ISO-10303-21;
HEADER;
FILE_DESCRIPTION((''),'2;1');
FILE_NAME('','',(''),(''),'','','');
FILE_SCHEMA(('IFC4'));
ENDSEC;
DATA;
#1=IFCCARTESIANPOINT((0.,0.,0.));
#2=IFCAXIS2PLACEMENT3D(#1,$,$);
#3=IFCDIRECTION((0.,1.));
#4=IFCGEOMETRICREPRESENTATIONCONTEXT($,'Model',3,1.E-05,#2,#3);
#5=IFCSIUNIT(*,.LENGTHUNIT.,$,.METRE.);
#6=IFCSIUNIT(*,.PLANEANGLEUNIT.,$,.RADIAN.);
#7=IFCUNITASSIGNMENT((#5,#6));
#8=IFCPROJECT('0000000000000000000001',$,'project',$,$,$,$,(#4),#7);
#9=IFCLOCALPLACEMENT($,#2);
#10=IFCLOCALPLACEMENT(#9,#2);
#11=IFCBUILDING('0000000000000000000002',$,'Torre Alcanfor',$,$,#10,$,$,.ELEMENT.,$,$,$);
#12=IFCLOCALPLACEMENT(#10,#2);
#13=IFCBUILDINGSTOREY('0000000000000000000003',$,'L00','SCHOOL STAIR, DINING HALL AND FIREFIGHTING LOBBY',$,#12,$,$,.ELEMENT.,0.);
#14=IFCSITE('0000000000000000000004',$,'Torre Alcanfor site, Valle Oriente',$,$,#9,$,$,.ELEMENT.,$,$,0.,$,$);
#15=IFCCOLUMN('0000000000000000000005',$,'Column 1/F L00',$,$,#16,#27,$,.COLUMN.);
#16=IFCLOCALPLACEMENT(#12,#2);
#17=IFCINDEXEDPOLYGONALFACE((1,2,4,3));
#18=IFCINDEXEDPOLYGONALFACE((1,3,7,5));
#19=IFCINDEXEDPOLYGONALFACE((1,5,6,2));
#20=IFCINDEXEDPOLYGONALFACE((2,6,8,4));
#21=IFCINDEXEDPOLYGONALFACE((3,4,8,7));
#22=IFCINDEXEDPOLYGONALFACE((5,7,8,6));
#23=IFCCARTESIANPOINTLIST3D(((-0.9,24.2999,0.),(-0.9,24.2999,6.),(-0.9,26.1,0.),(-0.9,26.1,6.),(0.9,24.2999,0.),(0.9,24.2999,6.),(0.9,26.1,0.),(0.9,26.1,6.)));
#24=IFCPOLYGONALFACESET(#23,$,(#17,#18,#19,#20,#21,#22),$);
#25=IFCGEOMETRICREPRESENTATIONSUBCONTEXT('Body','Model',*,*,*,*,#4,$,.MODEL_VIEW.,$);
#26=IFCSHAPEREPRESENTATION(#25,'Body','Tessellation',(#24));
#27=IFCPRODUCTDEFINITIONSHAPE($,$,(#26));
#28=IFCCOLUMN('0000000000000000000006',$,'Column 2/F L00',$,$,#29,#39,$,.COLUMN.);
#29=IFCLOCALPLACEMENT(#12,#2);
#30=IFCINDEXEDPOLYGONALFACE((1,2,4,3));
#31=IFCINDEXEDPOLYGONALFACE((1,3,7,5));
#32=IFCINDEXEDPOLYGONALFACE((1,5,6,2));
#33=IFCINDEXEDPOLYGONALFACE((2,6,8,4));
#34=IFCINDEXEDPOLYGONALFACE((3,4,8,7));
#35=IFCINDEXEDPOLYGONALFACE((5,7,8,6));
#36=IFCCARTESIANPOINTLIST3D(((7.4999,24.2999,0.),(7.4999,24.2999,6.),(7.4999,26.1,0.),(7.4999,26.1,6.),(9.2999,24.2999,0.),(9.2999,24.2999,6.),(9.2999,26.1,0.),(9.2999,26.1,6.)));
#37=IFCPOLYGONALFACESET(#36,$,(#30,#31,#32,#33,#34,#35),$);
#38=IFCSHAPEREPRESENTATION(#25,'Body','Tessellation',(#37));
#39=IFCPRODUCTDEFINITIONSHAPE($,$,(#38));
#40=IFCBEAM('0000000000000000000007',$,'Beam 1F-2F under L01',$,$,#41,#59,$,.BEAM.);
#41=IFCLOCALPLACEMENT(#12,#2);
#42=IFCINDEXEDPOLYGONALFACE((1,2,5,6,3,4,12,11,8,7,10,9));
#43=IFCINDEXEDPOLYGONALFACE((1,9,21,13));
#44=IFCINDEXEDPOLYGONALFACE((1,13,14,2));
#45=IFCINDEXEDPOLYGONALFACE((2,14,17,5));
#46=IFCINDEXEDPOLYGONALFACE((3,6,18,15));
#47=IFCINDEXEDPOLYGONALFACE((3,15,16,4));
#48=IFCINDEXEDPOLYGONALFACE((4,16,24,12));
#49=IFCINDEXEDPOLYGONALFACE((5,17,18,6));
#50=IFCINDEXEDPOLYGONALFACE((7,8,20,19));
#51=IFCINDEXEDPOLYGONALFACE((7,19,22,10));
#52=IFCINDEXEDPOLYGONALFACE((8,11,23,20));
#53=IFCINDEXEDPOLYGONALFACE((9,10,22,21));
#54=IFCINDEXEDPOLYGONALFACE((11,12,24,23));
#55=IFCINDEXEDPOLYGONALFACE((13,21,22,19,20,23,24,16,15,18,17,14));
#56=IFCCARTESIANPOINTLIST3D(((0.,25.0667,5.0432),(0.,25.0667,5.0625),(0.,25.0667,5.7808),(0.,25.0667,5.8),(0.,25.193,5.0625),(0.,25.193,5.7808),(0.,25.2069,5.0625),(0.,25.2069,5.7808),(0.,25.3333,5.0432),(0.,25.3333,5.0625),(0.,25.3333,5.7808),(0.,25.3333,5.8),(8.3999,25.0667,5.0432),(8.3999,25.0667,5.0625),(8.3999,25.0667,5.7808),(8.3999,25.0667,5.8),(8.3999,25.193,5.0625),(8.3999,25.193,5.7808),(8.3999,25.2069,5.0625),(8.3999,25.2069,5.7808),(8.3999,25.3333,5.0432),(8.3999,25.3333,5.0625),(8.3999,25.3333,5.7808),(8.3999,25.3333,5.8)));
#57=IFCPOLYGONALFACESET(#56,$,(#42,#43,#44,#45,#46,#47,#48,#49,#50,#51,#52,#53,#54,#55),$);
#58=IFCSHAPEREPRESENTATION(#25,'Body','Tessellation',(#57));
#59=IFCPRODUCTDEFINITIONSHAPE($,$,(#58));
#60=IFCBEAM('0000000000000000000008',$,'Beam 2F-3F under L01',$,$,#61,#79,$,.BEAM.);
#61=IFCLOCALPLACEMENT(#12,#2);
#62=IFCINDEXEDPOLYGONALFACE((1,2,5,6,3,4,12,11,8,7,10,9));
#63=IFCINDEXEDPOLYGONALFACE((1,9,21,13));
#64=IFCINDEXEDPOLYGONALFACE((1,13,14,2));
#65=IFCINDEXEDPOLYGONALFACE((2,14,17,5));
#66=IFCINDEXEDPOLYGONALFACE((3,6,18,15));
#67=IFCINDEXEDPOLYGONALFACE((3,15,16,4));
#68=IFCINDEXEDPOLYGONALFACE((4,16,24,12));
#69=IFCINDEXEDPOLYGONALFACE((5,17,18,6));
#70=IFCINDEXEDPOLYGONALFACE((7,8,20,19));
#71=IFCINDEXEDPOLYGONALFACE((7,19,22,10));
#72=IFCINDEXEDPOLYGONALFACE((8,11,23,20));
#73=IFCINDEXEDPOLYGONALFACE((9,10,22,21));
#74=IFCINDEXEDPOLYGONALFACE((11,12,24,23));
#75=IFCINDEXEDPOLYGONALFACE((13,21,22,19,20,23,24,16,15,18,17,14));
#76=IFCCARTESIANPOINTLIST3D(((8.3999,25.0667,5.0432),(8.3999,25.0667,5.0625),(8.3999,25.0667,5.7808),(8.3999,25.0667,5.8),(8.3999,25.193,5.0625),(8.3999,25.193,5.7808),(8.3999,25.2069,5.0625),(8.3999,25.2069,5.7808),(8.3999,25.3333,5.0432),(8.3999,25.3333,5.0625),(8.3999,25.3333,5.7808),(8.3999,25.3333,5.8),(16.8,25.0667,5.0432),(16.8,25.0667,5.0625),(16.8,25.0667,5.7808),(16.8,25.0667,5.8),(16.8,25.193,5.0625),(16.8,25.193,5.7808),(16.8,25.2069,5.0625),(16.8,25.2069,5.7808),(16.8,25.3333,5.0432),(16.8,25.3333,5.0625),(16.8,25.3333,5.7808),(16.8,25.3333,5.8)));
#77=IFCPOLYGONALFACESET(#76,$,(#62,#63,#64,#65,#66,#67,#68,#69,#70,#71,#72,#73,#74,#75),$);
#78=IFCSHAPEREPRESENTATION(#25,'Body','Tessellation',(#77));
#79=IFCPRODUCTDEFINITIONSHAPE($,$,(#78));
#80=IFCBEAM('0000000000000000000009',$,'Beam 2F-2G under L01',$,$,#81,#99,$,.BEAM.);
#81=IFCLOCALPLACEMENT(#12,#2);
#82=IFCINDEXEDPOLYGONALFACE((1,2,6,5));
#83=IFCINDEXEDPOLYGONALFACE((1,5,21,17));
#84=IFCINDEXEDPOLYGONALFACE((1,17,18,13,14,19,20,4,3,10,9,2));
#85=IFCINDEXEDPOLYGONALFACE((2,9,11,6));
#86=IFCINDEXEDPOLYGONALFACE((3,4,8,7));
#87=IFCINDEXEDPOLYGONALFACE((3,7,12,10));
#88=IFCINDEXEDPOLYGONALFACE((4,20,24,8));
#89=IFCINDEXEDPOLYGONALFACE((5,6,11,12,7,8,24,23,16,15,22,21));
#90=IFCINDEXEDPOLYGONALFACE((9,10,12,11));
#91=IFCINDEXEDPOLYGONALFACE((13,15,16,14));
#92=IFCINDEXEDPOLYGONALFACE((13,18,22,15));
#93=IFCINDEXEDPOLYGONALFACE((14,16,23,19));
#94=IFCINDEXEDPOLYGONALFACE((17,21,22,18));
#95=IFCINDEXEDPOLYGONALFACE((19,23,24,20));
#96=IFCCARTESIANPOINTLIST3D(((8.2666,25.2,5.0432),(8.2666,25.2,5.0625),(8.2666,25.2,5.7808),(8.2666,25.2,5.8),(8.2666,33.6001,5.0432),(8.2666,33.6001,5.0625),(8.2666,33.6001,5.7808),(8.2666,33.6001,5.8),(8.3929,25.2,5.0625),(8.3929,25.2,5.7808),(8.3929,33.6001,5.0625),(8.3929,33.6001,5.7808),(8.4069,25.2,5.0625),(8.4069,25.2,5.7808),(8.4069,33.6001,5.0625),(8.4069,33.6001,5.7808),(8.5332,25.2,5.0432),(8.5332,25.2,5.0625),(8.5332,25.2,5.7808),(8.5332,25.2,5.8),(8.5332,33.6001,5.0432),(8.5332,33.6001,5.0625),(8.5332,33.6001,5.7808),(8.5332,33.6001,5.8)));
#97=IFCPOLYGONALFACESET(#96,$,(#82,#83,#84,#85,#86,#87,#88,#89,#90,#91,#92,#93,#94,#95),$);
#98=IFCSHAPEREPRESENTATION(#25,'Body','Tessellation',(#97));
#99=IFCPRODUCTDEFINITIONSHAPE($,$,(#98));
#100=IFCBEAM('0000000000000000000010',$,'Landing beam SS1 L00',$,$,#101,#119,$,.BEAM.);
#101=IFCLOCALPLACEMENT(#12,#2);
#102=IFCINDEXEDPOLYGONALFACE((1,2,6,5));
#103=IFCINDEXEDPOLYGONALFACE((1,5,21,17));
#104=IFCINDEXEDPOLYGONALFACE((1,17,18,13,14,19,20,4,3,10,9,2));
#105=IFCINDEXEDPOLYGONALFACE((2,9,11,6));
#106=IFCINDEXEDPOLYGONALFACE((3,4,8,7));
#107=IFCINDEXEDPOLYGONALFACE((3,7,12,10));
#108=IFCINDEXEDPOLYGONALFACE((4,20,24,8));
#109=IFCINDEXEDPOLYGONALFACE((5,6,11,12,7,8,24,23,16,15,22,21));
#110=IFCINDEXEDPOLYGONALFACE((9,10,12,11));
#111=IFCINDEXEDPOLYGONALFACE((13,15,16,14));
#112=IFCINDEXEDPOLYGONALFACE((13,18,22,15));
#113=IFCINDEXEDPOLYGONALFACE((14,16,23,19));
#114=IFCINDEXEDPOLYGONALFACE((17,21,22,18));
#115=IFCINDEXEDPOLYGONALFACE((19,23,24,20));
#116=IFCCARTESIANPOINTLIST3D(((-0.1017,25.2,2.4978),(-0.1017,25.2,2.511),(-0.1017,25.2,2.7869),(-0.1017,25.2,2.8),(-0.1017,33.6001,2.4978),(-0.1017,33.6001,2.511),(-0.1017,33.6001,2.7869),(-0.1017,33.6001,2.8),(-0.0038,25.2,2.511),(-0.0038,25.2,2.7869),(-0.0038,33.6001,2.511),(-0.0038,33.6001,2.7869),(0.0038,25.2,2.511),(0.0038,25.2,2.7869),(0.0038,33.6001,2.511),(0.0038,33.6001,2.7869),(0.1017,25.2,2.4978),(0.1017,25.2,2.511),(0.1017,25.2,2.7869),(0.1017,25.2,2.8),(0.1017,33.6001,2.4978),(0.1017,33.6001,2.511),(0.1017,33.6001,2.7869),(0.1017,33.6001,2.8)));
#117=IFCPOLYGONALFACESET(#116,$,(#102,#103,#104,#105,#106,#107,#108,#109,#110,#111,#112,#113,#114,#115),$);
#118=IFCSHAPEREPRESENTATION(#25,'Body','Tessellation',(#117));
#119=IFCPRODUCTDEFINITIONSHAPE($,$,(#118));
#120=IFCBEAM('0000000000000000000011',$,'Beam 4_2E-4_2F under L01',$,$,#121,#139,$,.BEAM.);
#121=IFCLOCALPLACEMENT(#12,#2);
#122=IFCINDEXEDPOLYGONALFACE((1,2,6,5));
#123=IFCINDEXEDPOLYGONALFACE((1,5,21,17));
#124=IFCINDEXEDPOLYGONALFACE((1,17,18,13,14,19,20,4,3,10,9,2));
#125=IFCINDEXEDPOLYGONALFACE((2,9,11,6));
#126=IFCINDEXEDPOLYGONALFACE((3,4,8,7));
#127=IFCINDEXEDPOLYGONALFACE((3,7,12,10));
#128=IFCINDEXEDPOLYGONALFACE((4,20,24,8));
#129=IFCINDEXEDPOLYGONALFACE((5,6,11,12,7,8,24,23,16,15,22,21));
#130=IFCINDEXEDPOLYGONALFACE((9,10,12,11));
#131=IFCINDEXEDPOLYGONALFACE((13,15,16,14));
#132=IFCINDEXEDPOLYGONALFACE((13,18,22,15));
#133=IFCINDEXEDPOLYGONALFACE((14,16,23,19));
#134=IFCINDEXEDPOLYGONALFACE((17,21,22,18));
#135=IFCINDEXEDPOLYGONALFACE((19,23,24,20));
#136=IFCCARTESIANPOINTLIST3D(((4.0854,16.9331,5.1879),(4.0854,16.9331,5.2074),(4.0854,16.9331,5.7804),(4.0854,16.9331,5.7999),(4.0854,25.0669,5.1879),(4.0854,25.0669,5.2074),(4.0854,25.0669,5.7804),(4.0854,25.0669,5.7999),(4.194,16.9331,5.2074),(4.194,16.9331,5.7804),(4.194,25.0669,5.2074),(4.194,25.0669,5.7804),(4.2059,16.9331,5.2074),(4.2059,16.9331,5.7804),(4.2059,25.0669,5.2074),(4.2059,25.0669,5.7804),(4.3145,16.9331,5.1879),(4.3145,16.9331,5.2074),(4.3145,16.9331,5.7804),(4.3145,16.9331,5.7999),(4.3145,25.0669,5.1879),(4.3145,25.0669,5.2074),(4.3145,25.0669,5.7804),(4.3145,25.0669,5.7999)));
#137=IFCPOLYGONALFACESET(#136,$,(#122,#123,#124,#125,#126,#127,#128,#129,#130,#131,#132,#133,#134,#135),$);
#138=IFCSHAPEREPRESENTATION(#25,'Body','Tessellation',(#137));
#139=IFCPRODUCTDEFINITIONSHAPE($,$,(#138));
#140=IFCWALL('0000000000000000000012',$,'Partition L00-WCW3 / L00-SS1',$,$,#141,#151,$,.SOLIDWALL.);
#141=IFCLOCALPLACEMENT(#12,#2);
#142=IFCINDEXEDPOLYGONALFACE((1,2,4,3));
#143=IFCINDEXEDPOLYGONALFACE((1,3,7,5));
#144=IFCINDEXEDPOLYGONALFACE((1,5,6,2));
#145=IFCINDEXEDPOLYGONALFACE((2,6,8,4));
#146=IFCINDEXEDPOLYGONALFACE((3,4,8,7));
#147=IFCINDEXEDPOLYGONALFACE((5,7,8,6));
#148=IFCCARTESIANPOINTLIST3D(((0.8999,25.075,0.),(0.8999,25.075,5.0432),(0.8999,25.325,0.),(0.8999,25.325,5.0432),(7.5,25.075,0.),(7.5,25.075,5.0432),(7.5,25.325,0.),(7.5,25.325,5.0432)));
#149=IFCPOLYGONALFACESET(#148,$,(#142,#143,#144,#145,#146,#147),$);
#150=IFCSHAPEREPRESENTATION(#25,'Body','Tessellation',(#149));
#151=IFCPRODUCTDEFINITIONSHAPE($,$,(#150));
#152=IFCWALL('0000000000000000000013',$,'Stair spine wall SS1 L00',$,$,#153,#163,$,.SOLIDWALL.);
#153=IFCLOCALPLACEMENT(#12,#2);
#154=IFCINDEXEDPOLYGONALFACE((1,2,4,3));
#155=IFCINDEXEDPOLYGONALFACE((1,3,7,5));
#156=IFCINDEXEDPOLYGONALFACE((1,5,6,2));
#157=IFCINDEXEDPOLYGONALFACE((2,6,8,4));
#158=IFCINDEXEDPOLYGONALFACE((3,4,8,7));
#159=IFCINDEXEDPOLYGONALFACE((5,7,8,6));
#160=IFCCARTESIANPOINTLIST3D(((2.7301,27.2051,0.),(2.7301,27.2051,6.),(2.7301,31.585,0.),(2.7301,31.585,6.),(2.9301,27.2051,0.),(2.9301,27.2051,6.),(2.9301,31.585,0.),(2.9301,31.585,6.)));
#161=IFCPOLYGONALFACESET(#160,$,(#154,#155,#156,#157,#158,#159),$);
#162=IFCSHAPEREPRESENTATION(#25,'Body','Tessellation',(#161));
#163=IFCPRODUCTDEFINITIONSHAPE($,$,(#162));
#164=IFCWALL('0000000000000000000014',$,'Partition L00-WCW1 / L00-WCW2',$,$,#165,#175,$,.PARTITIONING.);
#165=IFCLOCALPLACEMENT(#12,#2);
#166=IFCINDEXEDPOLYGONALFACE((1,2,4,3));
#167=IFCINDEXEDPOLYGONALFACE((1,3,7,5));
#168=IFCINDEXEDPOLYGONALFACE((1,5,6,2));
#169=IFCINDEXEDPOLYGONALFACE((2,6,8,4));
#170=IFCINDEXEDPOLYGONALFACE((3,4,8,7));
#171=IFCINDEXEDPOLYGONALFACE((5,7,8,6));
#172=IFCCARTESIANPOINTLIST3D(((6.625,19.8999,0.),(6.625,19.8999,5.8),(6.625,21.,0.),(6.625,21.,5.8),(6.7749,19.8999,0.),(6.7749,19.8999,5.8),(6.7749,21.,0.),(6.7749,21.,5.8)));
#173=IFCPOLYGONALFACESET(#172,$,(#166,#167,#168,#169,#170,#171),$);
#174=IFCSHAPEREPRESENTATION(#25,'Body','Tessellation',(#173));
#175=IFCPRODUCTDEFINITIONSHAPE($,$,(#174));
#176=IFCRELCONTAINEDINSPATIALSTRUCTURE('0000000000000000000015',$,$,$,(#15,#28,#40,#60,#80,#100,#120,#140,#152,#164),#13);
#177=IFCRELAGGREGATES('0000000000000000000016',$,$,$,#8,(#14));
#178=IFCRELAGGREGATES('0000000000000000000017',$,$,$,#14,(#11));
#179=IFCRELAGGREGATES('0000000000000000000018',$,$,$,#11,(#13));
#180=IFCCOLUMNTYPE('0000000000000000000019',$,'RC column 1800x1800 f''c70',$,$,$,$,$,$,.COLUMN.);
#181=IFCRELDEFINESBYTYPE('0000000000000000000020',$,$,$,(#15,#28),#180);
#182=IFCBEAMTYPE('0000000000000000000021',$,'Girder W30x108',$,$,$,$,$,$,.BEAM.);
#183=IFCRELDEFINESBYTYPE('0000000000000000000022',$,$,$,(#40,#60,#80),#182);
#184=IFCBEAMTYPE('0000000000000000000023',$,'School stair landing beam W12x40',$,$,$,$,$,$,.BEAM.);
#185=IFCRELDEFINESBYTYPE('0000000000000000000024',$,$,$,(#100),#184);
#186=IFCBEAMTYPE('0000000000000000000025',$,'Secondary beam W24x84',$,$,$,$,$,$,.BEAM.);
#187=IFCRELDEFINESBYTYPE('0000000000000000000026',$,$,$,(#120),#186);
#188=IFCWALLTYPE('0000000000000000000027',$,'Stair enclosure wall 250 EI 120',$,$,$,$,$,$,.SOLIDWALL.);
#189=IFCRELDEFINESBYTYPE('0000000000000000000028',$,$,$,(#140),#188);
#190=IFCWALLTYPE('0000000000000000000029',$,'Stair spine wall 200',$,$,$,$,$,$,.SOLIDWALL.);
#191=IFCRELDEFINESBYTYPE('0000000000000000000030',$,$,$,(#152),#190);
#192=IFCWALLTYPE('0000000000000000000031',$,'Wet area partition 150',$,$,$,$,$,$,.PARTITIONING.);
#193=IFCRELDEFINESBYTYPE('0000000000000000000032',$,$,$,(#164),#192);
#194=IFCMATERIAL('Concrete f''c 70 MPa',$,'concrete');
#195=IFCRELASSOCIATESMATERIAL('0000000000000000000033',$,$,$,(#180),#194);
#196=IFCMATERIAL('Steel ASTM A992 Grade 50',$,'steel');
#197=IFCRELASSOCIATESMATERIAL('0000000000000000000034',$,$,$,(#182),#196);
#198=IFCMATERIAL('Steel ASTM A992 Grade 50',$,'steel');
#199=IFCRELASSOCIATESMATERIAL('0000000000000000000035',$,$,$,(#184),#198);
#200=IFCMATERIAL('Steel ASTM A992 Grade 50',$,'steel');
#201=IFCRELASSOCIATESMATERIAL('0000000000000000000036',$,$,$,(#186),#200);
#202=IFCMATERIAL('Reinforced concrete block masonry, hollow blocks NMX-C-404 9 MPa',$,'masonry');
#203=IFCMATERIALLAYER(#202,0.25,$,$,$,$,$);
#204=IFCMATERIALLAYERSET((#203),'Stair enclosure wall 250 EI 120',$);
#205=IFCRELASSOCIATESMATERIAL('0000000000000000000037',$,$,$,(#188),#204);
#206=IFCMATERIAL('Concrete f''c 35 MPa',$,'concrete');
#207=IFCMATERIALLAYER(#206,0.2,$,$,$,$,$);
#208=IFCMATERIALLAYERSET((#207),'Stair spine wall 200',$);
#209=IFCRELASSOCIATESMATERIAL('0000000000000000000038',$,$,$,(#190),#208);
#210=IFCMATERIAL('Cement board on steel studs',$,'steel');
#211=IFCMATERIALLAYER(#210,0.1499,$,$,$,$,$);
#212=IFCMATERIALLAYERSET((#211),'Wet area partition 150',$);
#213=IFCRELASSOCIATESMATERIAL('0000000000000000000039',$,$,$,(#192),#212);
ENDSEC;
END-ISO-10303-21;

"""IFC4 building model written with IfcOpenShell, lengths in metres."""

from ifc_helpers import new_model, si_unit, direction, frame, frame_2d, origin, origin_2d, place, context, subcontext, project, spatial, rectangle, i_section, extrude, material, layer, layer_set, material_profile, profile_set, type_object, element, save


model = new_model("IFC4")

# Units and contexts
model_context = context("Model", 3, precision=1e-05, world=origin(), true_north=direction((0.0, 1.0)))
body_context = subcontext(model_context, "Body", "Model", "MODEL_VIEW")
ifc_project = project(units=[si_unit("LENGTHUNIT", "METRE"), si_unit("PLANEANGLEUNIT", "RADIAN")], contexts=[model_context])

# Site, building, storey
site_placement = place(None, origin())
site = spatial("IfcSite", under=ifc_project, at=site_placement, Name="Torre Alcanfor site, Valle Oriente", CompositionType="ELEMENT", RefElevation=0.0)
building_placement = place(site_placement, origin())
building = spatial("IfcBuilding", under=site, at=building_placement, Name="Torre Alcanfor", CompositionType="ELEMENT")
storey_placement = place(building_placement, origin())
storey = spatial("IfcBuildingStorey", under=building, at=storey_placement, Name="L00", Description="SCHOOL STAIR, DINING HALL AND FIREFIGHTING LOBBY", CompositionType="ELEMENT", Elevation=0.0)

# Columns
ifc_material_1 = material(Name="Concrete f'c 70 MPa", Category="concrete")
ifc_material_profile_1 = material_profile(ifc_material_1, rectangle(XDim=1.8, YDim=1.8, at=origin_2d()), Name="1800x1800")
ifc_profile_set_1 = profile_set([ifc_material_profile_1], Name="Concrete f'c 70 MPa")
column_type = type_object("IfcColumnType", Name="RC column 1800x1800 f'c70", PredefinedType="COLUMN", material=ifc_profile_set_1)
for number, where, z_axis, x_axis, name in (
    (1, (0.0, 25.2, 0.0), (0.0, 0.0, 1.0), (1.0, 0.0, 0.0), "Column 1/F L00"),
    (2, (8.3999, 25.2, 0.0), (0.0, 0.0, 1.0), (1.0, 0.0, 0.0), "Column 2/F L00"),
):
    element("IfcColumn", number, at=place(storey_placement, frame(where, z_axis=z_axis, x_axis=x_axis)), inside=storey, type_object=column_type, Name=name, PredefinedType="COLUMN", context=body_context, shape_type="SweptSolid", body=[
        extrude(rectangle(XDim=1.8, YDim=1.8, at=origin_2d()), origin(), (0.0, 0.0, 1.0), 6.0),
    ])

# Beams
ifc_material_2 = material(Name="Steel ASTM A992 Grade 50", Category="steel")
ifc_material_profile_2 = material_profile(ifc_material_2, i_section(OverallWidth=0.2666, OverallDepth=0.7568, WebThickness=0.0139, FlangeThickness=0.0193, at=origin_2d()), Name="W30x108")
ifc_profile_set_2 = profile_set([ifc_material_profile_2], Name="Steel ASTM A992 Grade 50")
beam_type_1 = type_object("IfcBeamType", Name="Girder W30x108", PredefinedType="BEAM", material=ifc_profile_set_2)
beam_1_placement = place(storey_placement, frame((0.0, 25.2, 5.4216), z_axis=(1.0, 0.0, 0.0), x_axis=(0.0, 1.0, 0.0)))
element("IfcBeam", 3, at=beam_1_placement, inside=storey, type_object=beam_type_1, Name="Beam 1F-2F under L01", PredefinedType="BEAM", context=body_context, shape_type="SweptSolid", body=[
    extrude(i_section(OverallWidth=0.2666, OverallDepth=0.7568, WebThickness=0.0139, FlangeThickness=0.0193, at=origin_2d()), origin(), (0.0, 0.0, 1.0), 8.3999),
])
for number, where, z_axis, x_axis, name in (
    (4, (8.3999, 25.2, 5.4216), (1.0, 0.0, 0.0), (0.0, 1.0, 0.0), "Beam 2F-3F under L01"),
    (5, (8.3999, 25.2, 5.4216), (0.0, 1.0, 0.0), (-1.0, 0.0, 0.0), "Beam 2F-2G under L01"),
):
    element("IfcBeam", number, at=place(storey_placement, frame(where, z_axis=z_axis, x_axis=x_axis)), inside=storey, type_object=beam_type_1, Name=name, PredefinedType="BEAM", context=body_context, shape_type="SweptSolid", body=[
        extrude(i_section(OverallWidth=0.2666, OverallDepth=0.7568, WebThickness=0.0139, FlangeThickness=0.0193, at=origin_2d()), origin(), (0.0, 0.0, 1.0), 8.4001),
    ])
ifc_material_3 = material(Name="Steel ASTM A992 Grade 50", Category="steel")
ifc_material_profile_3 = material_profile(ifc_material_3, i_section(OverallWidth=0.2034, OverallDepth=0.3022, WebThickness=0.0076, FlangeThickness=0.0132, at=origin_2d()), Name="W12x40")
ifc_profile_set_3 = profile_set([ifc_material_profile_3], Name="Steel ASTM A992 Grade 50")
beam_type_2 = type_object("IfcBeamType", Name="School stair landing beam W12x40", PredefinedType="BEAM", material=ifc_profile_set_3)
beam_2_placement = place(storey_placement, frame((0.0, 25.2, 2.6489), z_axis=(0.0, 1.0, 0.0), x_axis=(-1.0, 0.0, 0.0)))
element("IfcBeam", 6, at=beam_2_placement, inside=storey, type_object=beam_type_2, Name="Landing beam SS1 L00", PredefinedType="BEAM", context=body_context, shape_type="SweptSolid", body=[
    extrude(i_section(OverallWidth=0.2034, OverallDepth=0.3022, WebThickness=0.0076, FlangeThickness=0.0132, at=origin_2d()), origin(), (0.0, 0.0, 1.0), 8.4001),
])
ifc_material_4 = material(Name="Steel ASTM A992 Grade 50", Category="steel")
ifc_material_profile_4 = material_profile(ifc_material_4, i_section(OverallWidth=0.229, OverallDepth=0.6121, WebThickness=0.012, FlangeThickness=0.0195, at=origin_2d()), Name="W24x84")
ifc_profile_set_4 = profile_set([ifc_material_profile_4], Name="Steel ASTM A992 Grade 50")
beam_type_3 = type_object("IfcBeamType", Name="Secondary beam W24x84", PredefinedType="BEAM", material=ifc_profile_set_4)
beam_3_placement = place(storey_placement, frame((4.2, 16.9331, 5.4939), z_axis=(0.0, 1.0, 0.0), x_axis=(-1.0, 0.0, 0.0)))
element("IfcBeam", 7, at=beam_3_placement, inside=storey, type_object=beam_type_3, Name="Beam 4_2E-4_2F under L01", PredefinedType="BEAM", context=body_context, shape_type="SweptSolid", body=[
    extrude(i_section(OverallWidth=0.229, OverallDepth=0.6121, WebThickness=0.012, FlangeThickness=0.0195, at=origin_2d()), origin(), (0.0, 0.0, 1.0), 8.1338),
])

# Walls
ifc_material_5 = material(Name="Reinforced concrete block masonry, hollow blocks NMX-C-404 9 MPa", Category="masonry")
ifc_layer_1 = layer(ifc_material_5, 0.25)
ifc_layer_set_1 = layer_set([ifc_layer_1], Name="Stair enclosure wall 250 EI 120")
wall_type_1 = type_object("IfcWallType", Name="Stair enclosure wall 250 EI 120", PredefinedType="SOLIDWALL", material=ifc_layer_set_1)
wall_1_placement = place(storey_placement, frame((0.8999, 25.2, 0.0), z_axis=(0.0, 0.0, 1.0), x_axis=(1.0, 0.0, 0.0)))
element("IfcWall", 8, at=wall_1_placement, inside=storey, type_object=wall_type_1, Name="Partition L00-WCW3 / L00-SS1", PredefinedType="SOLIDWALL", context=body_context, shape_type="SweptSolid", body=[
    extrude(rectangle(XDim=6.6001, YDim=0.25, at=frame_2d((3.3, 0.0))), origin(), (0.0, 0.0, 1.0), 5.0432),
])
ifc_material_6 = material(Name="Concrete f'c 35 MPa", Category="concrete")
ifc_layer_2 = layer(ifc_material_6, 0.2)
ifc_layer_set_2 = layer_set([ifc_layer_2], Name="Stair spine wall 200")
wall_type_2 = type_object("IfcWallType", Name="Stair spine wall 200", PredefinedType="SOLIDWALL", material=ifc_layer_set_2)
wall_2_placement = place(storey_placement, frame((2.8301, 27.2051, 0.0), z_axis=(0.0, 0.0, 1.0), x_axis=(0.0, 1.0, 0.0)))
element("IfcWall", 9, at=wall_2_placement, inside=storey, type_object=wall_type_2, Name="Stair spine wall SS1 L00", PredefinedType="SOLIDWALL", context=body_context, shape_type="SweptSolid", body=[
    extrude(rectangle(XDim=4.3799, YDim=0.2, at=frame_2d((2.1899, 0.0))), origin(), (0.0, 0.0, 1.0), 6.0),
])
ifc_material_7 = material(Name="Cement board on steel studs", Category="steel")
ifc_layer_3 = layer(ifc_material_7, 0.1499)
ifc_layer_set_3 = layer_set([ifc_layer_3], Name="Wet area partition 150")
wall_type_3 = type_object("IfcWallType", Name="Wet area partition 150", PredefinedType="PARTITIONING", material=ifc_layer_set_3)
wall_3_placement = place(storey_placement, frame((6.7, 21.0, 0.0), z_axis=(0.0, 0.0, 1.0), x_axis=(0.0, -1.0, 0.0)))
element("IfcWall", 10, at=wall_3_placement, inside=storey, type_object=wall_type_3, Name="Partition L00-WCW1 / L00-WCW2", PredefinedType="PARTITIONING", context=body_context, shape_type="SweptSolid", body=[
    extrude(rectangle(XDim=1.1001, YDim=0.1499, at=frame_2d((0.55, 0.0))), origin(), (0.0, 0.0, 1.0), 5.8),
])

save(model, "model.ifc")
